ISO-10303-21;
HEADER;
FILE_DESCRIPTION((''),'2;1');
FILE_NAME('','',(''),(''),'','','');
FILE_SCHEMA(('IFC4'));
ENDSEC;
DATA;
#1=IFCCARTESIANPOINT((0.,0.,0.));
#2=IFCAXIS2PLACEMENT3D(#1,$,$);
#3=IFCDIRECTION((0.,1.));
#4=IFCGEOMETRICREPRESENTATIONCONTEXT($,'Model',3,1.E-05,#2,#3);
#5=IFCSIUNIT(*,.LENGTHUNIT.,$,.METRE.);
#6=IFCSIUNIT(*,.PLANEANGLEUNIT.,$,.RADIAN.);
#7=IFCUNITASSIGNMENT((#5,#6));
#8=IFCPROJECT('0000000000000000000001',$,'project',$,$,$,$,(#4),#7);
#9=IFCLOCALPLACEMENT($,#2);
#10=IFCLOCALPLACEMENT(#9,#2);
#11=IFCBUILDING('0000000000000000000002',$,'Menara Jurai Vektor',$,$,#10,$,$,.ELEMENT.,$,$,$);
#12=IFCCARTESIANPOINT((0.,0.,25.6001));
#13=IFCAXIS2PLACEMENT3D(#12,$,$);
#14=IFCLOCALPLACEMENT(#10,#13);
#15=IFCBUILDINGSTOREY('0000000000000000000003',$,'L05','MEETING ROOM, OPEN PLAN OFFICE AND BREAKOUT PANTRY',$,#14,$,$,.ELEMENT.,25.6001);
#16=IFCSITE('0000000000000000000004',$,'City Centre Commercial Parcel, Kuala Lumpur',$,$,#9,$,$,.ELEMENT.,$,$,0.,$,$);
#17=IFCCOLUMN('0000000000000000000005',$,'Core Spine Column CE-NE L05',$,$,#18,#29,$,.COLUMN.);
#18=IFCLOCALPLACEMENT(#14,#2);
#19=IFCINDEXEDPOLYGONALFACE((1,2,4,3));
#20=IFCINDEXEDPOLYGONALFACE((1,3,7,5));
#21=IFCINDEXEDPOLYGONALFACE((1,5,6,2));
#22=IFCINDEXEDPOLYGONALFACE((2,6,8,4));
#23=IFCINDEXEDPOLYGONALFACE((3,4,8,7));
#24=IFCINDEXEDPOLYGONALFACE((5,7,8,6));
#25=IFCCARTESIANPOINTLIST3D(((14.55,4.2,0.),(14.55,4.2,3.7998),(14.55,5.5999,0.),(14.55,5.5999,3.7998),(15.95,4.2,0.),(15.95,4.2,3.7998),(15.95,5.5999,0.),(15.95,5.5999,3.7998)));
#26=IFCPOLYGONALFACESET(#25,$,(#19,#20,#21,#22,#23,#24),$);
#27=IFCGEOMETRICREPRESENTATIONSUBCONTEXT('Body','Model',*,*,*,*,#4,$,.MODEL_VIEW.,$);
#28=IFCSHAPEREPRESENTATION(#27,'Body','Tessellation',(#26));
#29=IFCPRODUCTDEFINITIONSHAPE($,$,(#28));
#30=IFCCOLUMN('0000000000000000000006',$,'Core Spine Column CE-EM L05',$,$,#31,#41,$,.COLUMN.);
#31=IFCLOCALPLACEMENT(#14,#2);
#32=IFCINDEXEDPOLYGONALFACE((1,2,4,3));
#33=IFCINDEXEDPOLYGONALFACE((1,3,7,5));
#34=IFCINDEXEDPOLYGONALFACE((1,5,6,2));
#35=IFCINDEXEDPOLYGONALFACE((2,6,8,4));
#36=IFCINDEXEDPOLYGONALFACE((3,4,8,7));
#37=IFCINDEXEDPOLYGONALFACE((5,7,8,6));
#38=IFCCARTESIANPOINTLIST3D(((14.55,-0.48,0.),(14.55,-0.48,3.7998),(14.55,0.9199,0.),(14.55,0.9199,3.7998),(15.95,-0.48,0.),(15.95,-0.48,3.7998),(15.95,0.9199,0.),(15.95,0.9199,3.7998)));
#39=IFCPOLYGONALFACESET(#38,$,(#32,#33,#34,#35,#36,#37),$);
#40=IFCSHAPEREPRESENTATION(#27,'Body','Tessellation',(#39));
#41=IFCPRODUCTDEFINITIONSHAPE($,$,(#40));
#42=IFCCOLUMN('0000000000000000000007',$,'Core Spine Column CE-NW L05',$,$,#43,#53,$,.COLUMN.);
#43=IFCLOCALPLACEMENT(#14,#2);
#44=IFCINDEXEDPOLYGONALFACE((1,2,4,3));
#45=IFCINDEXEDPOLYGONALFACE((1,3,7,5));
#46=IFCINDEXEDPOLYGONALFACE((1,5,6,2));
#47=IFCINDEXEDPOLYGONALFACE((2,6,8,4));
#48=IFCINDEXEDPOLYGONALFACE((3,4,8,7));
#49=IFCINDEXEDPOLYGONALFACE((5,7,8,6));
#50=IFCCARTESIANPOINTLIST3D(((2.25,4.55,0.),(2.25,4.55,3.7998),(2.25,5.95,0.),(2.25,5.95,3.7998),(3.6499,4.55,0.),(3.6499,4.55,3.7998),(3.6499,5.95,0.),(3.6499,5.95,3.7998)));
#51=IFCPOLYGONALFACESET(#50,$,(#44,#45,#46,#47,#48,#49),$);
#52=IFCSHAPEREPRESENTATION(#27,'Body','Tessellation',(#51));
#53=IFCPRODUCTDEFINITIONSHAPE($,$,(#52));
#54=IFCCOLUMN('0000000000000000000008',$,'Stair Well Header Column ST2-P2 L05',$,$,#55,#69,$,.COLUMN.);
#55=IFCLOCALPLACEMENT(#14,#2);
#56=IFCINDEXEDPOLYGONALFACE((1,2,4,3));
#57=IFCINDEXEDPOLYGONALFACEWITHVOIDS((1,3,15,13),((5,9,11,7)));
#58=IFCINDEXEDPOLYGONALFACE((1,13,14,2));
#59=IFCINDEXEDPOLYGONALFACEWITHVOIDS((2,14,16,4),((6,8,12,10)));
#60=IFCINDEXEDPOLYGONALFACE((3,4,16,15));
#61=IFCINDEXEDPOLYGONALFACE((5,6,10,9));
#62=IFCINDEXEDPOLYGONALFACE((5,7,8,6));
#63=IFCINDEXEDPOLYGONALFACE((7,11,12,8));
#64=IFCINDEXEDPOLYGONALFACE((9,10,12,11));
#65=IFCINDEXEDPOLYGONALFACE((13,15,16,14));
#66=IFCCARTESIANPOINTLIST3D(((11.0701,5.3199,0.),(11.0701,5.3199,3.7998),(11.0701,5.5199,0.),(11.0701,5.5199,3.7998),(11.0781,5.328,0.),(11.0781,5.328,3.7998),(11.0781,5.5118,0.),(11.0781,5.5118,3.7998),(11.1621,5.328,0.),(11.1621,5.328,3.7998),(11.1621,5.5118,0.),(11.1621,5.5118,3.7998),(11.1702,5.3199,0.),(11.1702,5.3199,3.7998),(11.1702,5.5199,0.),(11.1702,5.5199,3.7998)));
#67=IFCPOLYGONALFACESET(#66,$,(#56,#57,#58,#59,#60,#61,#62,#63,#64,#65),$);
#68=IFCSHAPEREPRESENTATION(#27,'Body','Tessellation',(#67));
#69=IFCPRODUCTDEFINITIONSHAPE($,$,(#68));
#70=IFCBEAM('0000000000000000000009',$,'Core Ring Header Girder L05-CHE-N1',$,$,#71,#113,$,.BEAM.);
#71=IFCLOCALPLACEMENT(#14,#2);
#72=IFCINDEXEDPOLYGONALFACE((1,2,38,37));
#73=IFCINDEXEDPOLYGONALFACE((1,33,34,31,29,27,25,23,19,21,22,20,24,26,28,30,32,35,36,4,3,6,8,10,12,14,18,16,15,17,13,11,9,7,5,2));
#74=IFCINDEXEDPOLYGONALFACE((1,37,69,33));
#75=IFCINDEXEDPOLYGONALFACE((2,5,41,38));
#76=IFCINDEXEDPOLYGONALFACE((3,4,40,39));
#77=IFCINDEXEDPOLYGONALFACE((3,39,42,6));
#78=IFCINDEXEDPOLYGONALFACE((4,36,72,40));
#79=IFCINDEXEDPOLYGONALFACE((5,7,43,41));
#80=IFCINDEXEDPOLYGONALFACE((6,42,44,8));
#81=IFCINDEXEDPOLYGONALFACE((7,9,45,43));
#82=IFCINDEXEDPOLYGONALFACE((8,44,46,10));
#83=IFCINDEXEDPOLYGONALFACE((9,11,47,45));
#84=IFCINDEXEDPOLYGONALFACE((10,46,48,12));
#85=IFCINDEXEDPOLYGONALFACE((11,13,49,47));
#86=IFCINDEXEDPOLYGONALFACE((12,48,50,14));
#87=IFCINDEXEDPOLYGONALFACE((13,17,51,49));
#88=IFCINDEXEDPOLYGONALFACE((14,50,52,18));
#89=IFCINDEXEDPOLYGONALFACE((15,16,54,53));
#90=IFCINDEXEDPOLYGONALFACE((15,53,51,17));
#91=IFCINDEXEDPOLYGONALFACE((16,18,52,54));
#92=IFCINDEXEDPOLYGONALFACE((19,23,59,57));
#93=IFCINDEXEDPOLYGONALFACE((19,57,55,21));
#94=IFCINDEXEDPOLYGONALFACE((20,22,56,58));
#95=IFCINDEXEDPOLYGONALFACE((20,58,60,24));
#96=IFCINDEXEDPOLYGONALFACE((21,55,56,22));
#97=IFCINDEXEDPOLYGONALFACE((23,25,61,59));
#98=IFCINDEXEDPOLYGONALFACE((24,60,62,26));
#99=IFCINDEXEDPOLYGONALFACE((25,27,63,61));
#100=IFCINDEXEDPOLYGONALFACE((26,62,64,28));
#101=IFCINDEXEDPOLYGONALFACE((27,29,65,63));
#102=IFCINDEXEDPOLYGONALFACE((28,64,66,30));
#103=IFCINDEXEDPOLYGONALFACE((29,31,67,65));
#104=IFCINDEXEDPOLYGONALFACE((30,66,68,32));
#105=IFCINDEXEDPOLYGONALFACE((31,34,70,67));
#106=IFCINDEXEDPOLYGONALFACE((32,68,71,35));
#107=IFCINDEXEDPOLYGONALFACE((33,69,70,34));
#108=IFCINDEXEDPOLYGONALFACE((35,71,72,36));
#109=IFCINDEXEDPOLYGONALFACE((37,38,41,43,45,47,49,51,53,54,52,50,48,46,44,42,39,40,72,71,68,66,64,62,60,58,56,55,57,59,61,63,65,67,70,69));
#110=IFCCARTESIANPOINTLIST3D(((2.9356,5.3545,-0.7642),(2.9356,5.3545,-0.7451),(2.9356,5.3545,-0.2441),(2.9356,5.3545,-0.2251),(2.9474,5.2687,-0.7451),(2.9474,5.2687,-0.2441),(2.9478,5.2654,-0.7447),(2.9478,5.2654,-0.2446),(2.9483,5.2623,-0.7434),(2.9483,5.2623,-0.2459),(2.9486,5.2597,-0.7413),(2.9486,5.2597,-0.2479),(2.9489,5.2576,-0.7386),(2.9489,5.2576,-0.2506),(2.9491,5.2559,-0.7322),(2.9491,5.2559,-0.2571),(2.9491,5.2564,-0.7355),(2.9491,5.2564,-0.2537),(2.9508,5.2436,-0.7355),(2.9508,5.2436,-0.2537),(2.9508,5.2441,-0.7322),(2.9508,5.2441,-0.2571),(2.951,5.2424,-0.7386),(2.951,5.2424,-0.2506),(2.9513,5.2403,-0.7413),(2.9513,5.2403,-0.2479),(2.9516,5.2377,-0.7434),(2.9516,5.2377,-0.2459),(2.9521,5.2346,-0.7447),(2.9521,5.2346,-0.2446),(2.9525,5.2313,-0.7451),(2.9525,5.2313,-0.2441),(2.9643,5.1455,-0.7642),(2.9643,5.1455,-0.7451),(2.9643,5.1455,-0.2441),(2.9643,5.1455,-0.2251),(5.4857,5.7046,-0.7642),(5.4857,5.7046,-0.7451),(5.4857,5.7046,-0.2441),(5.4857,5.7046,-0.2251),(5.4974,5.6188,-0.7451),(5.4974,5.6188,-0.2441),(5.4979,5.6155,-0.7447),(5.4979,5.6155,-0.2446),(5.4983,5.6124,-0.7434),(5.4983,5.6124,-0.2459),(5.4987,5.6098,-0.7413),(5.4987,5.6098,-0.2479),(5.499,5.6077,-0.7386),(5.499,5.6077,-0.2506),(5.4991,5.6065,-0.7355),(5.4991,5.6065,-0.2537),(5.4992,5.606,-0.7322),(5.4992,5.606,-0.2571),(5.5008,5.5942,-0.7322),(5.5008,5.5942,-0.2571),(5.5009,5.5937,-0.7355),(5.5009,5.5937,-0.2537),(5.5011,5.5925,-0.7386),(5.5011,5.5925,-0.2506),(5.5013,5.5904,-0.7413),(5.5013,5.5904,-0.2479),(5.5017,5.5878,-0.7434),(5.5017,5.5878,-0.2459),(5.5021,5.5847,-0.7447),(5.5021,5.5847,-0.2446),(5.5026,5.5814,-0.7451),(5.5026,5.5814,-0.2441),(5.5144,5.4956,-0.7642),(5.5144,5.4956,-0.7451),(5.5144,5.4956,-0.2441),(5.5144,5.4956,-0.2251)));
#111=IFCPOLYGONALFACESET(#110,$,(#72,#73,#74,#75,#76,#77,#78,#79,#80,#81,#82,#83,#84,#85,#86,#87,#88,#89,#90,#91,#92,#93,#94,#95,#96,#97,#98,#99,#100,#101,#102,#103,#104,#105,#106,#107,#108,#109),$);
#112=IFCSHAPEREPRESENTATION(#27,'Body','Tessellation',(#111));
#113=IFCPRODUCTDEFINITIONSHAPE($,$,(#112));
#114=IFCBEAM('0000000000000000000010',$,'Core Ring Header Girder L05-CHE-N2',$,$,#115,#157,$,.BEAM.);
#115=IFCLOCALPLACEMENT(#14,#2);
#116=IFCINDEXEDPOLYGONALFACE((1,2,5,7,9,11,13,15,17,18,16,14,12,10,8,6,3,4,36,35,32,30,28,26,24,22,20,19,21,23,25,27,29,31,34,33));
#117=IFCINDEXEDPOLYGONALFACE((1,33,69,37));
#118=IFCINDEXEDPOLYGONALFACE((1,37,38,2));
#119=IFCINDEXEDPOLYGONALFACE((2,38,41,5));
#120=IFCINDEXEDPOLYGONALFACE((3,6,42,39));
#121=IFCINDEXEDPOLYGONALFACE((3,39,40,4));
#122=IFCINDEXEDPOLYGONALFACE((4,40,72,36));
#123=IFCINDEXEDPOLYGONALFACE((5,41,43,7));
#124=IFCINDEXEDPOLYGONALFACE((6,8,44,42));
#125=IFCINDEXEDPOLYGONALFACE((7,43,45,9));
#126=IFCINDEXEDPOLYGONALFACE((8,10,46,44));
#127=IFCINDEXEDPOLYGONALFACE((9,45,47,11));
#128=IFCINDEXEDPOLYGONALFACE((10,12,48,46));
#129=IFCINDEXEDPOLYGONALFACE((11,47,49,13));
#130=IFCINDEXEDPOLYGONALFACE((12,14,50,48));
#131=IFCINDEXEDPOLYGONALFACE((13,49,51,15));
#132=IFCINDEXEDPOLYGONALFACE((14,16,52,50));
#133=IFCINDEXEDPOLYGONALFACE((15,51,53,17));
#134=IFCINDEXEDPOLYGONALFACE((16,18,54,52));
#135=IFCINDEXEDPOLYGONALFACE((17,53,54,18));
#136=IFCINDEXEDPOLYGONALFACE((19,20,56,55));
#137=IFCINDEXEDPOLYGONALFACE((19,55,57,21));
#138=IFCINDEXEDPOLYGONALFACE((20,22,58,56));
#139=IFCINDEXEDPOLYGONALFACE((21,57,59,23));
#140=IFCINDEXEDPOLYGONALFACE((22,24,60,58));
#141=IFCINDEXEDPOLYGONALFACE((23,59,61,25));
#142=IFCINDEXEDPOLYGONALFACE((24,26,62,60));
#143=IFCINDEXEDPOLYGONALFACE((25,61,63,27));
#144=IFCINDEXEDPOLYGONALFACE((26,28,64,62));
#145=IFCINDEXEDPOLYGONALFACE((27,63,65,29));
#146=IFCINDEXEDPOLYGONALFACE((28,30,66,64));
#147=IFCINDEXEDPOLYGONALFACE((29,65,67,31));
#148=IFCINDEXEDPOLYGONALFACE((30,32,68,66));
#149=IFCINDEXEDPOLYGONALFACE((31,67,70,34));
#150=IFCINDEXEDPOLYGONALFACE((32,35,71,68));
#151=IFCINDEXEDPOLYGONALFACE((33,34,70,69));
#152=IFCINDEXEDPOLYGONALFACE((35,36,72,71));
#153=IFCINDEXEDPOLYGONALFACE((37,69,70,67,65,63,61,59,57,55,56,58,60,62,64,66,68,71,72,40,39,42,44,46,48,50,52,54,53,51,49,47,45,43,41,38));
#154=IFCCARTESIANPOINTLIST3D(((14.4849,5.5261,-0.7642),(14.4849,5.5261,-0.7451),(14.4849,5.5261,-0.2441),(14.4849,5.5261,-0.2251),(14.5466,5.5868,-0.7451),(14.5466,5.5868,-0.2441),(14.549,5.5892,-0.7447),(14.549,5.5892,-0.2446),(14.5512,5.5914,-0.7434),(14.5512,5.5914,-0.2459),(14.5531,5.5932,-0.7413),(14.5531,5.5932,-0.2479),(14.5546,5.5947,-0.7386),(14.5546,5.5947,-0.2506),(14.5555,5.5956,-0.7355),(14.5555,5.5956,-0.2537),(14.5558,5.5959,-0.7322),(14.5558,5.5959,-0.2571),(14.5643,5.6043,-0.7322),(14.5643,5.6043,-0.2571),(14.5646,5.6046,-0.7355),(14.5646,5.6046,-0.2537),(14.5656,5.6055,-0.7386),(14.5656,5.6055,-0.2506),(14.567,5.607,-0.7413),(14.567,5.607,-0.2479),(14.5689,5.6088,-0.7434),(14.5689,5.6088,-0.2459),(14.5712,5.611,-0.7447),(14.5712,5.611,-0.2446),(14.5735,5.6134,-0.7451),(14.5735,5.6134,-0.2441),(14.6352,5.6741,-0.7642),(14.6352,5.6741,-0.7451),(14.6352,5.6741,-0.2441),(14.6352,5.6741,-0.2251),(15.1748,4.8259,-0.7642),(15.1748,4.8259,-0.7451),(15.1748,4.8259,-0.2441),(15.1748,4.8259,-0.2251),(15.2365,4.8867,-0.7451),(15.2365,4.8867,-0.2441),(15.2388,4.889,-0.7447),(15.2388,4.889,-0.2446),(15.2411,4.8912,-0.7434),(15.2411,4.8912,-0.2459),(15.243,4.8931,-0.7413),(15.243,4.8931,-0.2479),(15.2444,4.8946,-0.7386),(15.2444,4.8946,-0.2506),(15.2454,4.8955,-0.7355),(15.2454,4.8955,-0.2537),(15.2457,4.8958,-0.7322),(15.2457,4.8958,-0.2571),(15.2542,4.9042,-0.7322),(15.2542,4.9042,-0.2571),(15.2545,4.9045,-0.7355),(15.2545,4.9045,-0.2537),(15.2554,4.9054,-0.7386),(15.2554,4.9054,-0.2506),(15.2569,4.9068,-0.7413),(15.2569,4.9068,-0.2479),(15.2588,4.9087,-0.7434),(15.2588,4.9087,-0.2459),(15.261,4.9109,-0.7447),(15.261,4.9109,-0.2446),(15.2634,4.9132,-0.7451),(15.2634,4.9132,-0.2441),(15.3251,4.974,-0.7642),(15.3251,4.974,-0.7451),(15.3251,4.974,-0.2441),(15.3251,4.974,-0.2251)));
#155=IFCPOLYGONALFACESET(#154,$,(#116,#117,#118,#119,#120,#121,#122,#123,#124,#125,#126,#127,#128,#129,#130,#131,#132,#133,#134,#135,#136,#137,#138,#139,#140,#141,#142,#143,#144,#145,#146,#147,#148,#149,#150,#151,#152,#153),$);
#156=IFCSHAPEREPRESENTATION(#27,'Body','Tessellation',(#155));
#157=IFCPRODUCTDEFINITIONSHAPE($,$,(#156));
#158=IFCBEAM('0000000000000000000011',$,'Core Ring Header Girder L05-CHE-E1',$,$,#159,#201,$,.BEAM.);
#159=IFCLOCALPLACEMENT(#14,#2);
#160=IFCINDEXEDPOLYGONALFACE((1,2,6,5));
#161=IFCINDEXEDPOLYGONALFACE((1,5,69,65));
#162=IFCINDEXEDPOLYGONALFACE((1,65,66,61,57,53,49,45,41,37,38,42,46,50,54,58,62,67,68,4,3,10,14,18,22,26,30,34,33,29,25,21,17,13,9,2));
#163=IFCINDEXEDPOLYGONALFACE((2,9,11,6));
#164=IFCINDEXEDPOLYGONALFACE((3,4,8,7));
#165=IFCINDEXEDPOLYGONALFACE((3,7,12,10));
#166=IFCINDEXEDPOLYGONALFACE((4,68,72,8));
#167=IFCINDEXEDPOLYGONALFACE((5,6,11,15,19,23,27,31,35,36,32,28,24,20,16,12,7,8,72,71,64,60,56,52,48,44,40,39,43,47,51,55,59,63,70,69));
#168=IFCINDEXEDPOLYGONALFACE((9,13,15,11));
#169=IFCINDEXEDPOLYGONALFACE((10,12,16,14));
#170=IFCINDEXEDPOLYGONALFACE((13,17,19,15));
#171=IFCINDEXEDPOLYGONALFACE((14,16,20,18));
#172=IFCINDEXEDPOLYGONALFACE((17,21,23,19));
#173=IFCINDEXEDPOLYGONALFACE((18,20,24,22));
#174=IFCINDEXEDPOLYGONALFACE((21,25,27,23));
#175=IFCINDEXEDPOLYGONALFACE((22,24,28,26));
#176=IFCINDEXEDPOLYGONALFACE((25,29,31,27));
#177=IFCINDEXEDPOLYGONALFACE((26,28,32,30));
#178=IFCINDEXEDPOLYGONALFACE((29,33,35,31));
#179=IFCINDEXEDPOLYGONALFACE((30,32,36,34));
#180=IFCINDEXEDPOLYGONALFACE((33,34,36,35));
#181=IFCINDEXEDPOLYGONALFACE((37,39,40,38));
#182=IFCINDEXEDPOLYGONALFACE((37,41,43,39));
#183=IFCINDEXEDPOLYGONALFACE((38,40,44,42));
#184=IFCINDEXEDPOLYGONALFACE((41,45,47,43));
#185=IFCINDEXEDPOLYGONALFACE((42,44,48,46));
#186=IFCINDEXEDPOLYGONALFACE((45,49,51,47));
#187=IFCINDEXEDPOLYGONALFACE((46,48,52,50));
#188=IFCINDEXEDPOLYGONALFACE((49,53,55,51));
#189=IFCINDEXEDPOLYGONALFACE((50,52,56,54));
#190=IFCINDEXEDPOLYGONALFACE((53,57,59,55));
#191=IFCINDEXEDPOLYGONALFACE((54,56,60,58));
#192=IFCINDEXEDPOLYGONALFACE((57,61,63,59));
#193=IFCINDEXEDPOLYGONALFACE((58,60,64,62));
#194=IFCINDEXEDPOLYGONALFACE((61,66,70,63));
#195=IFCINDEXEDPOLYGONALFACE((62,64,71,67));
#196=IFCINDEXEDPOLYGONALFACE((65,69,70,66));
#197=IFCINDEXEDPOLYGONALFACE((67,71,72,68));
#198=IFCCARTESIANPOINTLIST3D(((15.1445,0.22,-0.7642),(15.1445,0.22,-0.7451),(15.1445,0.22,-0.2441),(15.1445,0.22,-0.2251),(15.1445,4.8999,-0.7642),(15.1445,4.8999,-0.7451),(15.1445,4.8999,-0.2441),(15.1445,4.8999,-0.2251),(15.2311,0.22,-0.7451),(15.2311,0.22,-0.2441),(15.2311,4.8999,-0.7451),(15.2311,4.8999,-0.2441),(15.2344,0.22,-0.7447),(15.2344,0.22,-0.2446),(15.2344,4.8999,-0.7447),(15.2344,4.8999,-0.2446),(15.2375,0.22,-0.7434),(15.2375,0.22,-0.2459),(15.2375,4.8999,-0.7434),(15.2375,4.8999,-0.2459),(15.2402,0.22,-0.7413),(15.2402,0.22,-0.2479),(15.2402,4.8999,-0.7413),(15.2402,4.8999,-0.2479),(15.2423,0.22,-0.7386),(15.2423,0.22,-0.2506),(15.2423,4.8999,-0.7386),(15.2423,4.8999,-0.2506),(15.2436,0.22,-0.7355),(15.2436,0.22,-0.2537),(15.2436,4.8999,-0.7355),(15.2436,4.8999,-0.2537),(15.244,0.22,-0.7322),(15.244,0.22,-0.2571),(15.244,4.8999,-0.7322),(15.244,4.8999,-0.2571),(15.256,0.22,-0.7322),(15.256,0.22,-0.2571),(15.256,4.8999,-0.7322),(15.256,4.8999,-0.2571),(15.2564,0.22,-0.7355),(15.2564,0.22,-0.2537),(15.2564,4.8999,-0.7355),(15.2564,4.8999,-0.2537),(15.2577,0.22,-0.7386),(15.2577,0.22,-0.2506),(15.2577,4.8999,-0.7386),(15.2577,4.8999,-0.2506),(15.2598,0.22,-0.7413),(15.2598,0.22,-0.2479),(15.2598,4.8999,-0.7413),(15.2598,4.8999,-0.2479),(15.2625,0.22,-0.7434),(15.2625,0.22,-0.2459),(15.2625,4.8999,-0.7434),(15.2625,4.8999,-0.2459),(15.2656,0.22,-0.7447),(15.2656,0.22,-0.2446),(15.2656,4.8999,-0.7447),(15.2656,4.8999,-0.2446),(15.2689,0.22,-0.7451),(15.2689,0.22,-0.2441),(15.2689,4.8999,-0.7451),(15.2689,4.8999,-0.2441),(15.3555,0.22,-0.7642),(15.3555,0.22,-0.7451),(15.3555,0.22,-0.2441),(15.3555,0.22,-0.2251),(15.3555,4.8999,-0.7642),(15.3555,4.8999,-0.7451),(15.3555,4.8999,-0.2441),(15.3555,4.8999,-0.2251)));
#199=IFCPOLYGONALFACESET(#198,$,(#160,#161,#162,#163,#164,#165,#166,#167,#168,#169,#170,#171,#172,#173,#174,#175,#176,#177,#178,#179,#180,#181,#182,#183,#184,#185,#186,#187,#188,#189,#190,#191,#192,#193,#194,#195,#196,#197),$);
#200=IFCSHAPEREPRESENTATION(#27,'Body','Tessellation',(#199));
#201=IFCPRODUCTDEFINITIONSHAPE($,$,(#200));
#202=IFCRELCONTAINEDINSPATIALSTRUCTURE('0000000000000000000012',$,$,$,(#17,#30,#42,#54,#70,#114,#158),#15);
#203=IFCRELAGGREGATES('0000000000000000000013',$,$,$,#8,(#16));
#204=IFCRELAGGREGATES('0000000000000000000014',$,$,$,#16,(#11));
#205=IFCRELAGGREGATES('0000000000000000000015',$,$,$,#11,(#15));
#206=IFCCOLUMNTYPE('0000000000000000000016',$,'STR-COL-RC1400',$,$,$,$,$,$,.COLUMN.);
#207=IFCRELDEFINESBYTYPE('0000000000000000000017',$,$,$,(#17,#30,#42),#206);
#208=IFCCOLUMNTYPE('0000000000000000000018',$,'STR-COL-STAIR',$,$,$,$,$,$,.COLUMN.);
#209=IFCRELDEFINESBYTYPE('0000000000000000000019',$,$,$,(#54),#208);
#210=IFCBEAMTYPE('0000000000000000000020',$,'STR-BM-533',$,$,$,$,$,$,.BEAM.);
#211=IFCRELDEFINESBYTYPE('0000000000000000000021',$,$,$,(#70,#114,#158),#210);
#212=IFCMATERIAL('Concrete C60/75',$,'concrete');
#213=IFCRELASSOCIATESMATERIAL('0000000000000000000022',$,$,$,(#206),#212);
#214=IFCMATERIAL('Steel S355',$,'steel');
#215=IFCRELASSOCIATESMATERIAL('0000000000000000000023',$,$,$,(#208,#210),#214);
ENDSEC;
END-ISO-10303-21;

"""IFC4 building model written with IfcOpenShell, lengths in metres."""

from ifc_helpers import new_model, si_unit, direction, frame, origin, origin_2d, place, context, subcontext, project, spatial, rectangle, hollow_rectangle, i_section, extrude, material, material_profile, profile_set, type_object, element, save


model = new_model("IFC4")

# Units and contexts
model_context = context("Model", 3, precision=1e-05, world=origin(), true_north=direction((0.0, 1.0)))
body_context = subcontext(model_context, "Body", "Model", "MODEL_VIEW")
ifc_project = project(units=[si_unit("LENGTHUNIT", "METRE"), si_unit("PLANEANGLEUNIT", "RADIAN")], contexts=[model_context])

# Site, building, storey
site_placement = place(None, origin())
site = spatial("IfcSite", under=ifc_project, at=site_placement, Name="City Centre Commercial Parcel, Kuala Lumpur", CompositionType="ELEMENT", RefElevation=0.0)
building_placement = place(site_placement, origin())
building = spatial("IfcBuilding", under=site, at=building_placement, Name="Menara Jurai Vektor", CompositionType="ELEMENT")
storey_placement = place(building_placement, frame((0.0, 0.0, 25.6001)))
storey = spatial("IfcBuildingStorey", under=building, at=storey_placement, Name="L05", Description="MEETING ROOM, OPEN PLAN OFFICE AND BREAKOUT PANTRY", CompositionType="ELEMENT", Elevation=25.6001)

# Columns
ifc_material_1 = material(Name="Concrete C60/75", Category="concrete")
ifc_material_profile_1 = material_profile(ifc_material_1, rectangle(XDim=1.3999, YDim=1.3999, at=origin_2d()), Name="RC 1400x1400")
ifc_profile_set_1 = profile_set([ifc_material_profile_1], Name="Concrete C60/75")
column_type_1 = type_object("IfcColumnType", Name="STR-COL-RC1400", PredefinedType="COLUMN", material=ifc_profile_set_1)
for number, where, z_axis, x_axis, name in (
    (1, (15.25, 4.8999, 0.0), (0.0, 0.0, 1.0), (1.0, 0.0, 0.0), "Core Spine Column CE-NE L05"),
    (2, (15.25, 0.22, 0.0), (0.0, 0.0, 1.0), (1.0, 0.0, 0.0), "Core Spine Column CE-EM L05"),
    (3, (2.95, 5.25, 0.0), (0.0, 0.0, 1.0), (1.0, 0.0, 0.0), "Core Spine Column CE-NW L05"),
):
    element("IfcColumn", number, at=place(storey_placement, frame(where, z_axis=z_axis, x_axis=x_axis)), inside=storey, type_object=column_type_1, Name=name, PredefinedType="COLUMN", context=body_context, shape_type="SweptSolid", body=[
        extrude(rectangle(XDim=1.3999, YDim=1.3999, at=origin_2d()), origin(), (0.0, 0.0, 1.0), 3.7998),
    ])
ifc_material_2 = material(Name="Steel S355", Category="steel")
ifc_material_profile_2 = material_profile(ifc_material_2, hollow_rectangle(XDim=0.1001, YDim=0.2, WallThickness=0.0081, at=origin_2d()), Name="RHS 200x100x8")
ifc_profile_set_2 = profile_set([ifc_material_profile_2], Name="Steel S355")
column_type_2 = type_object("IfcColumnType", Name="STR-COL-STAIR", PredefinedType="COLUMN", material=ifc_profile_set_2)
column_placement = place(storey_placement, frame((11.1201, 5.4199, 0.0), z_axis=(0.0, 0.0, 1.0), x_axis=(1.0, 0.0, 0.0)))
element("IfcColumn", 4, at=column_placement, inside=storey, type_object=column_type_2, Name="Stair Well Header Column ST2-P2 L05", PredefinedType="COLUMN", context=body_context, shape_type="SweptSolid", body=[
    extrude(hollow_rectangle(XDim=0.1001, YDim=0.2, WallThickness=0.0081, at=origin_2d()), origin(), (0.0, 0.0, 1.0), 3.7998),
])

# Beams
ifc_material_profile_3 = material_profile(ifc_material_2, i_section(OverallWidth=0.2109, OverallDepth=0.5391, WebThickness=0.012, FlangeThickness=0.019, FilletRadius=0.0129, at=origin_2d()), Name="UKB 533x210x109")
ifc_profile_set_3 = profile_set([ifc_material_profile_3], Name="Steel S355")
beam_type_1 = type_object("IfcBeamType", Name="STR-BM-533", PredefinedType="BEAM", material=ifc_profile_set_3)
beam_1_placement = place(storey_placement, frame((2.95, 5.25, -0.4946), z_axis=(0.990707, 0.136015, 0.0), x_axis=(-0.136015, 0.990707, 0.0)))
element("IfcBeam", 5, at=beam_1_placement, inside=storey, type_object=beam_type_1, Name="Core Ring Header Girder L05-CHE-N1", PredefinedType="BEAM", context=body_context, shape_type="SweptSolid", body=[
    extrude(i_section(OverallWidth=0.2109, OverallDepth=0.5391, WebThickness=0.012, FlangeThickness=0.019, FilletRadius=0.0129, at=origin_2d()), origin(), (0.0, 0.0, 1.0), 2.574),
])
beam_2_placement = place(storey_placement, frame((14.5601, 5.6001, -0.4946), z_axis=(0.701872, -0.712303, 0.0), x_axis=(0.712303, 0.701872, 0.0)))
element("IfcBeam", 6, at=beam_2_placement, inside=storey, type_object=beam_type_1, Name="Core Ring Header Girder L05-CHE-N2", PredefinedType="BEAM", context=body_context, shape_type="SweptSolid", body=[
    extrude(i_section(OverallWidth=0.2109, OverallDepth=0.5391, WebThickness=0.012, FlangeThickness=0.019, FilletRadius=0.0129, at=origin_2d()), origin(), (0.0, 0.0, 1.0), 0.9829),
])
beam_3_placement = place(storey_placement, frame((15.25, 0.22, -0.4946), z_axis=(0.0, 1.0, 0.0), x_axis=(-1.0, 0.0, 0.0)))
element("IfcBeam", 7, at=beam_3_placement, inside=storey, type_object=beam_type_1, Name="Core Ring Header Girder L05-CHE-E1", PredefinedType="BEAM", context=body_context, shape_type="SweptSolid", body=[
    extrude(i_section(OverallWidth=0.2109, OverallDepth=0.5391, WebThickness=0.012, FlangeThickness=0.019, FilletRadius=0.0129, at=origin_2d()), origin(), (0.0, 0.0, 1.0), 4.6799),
])

save(model, "model.ifc")
